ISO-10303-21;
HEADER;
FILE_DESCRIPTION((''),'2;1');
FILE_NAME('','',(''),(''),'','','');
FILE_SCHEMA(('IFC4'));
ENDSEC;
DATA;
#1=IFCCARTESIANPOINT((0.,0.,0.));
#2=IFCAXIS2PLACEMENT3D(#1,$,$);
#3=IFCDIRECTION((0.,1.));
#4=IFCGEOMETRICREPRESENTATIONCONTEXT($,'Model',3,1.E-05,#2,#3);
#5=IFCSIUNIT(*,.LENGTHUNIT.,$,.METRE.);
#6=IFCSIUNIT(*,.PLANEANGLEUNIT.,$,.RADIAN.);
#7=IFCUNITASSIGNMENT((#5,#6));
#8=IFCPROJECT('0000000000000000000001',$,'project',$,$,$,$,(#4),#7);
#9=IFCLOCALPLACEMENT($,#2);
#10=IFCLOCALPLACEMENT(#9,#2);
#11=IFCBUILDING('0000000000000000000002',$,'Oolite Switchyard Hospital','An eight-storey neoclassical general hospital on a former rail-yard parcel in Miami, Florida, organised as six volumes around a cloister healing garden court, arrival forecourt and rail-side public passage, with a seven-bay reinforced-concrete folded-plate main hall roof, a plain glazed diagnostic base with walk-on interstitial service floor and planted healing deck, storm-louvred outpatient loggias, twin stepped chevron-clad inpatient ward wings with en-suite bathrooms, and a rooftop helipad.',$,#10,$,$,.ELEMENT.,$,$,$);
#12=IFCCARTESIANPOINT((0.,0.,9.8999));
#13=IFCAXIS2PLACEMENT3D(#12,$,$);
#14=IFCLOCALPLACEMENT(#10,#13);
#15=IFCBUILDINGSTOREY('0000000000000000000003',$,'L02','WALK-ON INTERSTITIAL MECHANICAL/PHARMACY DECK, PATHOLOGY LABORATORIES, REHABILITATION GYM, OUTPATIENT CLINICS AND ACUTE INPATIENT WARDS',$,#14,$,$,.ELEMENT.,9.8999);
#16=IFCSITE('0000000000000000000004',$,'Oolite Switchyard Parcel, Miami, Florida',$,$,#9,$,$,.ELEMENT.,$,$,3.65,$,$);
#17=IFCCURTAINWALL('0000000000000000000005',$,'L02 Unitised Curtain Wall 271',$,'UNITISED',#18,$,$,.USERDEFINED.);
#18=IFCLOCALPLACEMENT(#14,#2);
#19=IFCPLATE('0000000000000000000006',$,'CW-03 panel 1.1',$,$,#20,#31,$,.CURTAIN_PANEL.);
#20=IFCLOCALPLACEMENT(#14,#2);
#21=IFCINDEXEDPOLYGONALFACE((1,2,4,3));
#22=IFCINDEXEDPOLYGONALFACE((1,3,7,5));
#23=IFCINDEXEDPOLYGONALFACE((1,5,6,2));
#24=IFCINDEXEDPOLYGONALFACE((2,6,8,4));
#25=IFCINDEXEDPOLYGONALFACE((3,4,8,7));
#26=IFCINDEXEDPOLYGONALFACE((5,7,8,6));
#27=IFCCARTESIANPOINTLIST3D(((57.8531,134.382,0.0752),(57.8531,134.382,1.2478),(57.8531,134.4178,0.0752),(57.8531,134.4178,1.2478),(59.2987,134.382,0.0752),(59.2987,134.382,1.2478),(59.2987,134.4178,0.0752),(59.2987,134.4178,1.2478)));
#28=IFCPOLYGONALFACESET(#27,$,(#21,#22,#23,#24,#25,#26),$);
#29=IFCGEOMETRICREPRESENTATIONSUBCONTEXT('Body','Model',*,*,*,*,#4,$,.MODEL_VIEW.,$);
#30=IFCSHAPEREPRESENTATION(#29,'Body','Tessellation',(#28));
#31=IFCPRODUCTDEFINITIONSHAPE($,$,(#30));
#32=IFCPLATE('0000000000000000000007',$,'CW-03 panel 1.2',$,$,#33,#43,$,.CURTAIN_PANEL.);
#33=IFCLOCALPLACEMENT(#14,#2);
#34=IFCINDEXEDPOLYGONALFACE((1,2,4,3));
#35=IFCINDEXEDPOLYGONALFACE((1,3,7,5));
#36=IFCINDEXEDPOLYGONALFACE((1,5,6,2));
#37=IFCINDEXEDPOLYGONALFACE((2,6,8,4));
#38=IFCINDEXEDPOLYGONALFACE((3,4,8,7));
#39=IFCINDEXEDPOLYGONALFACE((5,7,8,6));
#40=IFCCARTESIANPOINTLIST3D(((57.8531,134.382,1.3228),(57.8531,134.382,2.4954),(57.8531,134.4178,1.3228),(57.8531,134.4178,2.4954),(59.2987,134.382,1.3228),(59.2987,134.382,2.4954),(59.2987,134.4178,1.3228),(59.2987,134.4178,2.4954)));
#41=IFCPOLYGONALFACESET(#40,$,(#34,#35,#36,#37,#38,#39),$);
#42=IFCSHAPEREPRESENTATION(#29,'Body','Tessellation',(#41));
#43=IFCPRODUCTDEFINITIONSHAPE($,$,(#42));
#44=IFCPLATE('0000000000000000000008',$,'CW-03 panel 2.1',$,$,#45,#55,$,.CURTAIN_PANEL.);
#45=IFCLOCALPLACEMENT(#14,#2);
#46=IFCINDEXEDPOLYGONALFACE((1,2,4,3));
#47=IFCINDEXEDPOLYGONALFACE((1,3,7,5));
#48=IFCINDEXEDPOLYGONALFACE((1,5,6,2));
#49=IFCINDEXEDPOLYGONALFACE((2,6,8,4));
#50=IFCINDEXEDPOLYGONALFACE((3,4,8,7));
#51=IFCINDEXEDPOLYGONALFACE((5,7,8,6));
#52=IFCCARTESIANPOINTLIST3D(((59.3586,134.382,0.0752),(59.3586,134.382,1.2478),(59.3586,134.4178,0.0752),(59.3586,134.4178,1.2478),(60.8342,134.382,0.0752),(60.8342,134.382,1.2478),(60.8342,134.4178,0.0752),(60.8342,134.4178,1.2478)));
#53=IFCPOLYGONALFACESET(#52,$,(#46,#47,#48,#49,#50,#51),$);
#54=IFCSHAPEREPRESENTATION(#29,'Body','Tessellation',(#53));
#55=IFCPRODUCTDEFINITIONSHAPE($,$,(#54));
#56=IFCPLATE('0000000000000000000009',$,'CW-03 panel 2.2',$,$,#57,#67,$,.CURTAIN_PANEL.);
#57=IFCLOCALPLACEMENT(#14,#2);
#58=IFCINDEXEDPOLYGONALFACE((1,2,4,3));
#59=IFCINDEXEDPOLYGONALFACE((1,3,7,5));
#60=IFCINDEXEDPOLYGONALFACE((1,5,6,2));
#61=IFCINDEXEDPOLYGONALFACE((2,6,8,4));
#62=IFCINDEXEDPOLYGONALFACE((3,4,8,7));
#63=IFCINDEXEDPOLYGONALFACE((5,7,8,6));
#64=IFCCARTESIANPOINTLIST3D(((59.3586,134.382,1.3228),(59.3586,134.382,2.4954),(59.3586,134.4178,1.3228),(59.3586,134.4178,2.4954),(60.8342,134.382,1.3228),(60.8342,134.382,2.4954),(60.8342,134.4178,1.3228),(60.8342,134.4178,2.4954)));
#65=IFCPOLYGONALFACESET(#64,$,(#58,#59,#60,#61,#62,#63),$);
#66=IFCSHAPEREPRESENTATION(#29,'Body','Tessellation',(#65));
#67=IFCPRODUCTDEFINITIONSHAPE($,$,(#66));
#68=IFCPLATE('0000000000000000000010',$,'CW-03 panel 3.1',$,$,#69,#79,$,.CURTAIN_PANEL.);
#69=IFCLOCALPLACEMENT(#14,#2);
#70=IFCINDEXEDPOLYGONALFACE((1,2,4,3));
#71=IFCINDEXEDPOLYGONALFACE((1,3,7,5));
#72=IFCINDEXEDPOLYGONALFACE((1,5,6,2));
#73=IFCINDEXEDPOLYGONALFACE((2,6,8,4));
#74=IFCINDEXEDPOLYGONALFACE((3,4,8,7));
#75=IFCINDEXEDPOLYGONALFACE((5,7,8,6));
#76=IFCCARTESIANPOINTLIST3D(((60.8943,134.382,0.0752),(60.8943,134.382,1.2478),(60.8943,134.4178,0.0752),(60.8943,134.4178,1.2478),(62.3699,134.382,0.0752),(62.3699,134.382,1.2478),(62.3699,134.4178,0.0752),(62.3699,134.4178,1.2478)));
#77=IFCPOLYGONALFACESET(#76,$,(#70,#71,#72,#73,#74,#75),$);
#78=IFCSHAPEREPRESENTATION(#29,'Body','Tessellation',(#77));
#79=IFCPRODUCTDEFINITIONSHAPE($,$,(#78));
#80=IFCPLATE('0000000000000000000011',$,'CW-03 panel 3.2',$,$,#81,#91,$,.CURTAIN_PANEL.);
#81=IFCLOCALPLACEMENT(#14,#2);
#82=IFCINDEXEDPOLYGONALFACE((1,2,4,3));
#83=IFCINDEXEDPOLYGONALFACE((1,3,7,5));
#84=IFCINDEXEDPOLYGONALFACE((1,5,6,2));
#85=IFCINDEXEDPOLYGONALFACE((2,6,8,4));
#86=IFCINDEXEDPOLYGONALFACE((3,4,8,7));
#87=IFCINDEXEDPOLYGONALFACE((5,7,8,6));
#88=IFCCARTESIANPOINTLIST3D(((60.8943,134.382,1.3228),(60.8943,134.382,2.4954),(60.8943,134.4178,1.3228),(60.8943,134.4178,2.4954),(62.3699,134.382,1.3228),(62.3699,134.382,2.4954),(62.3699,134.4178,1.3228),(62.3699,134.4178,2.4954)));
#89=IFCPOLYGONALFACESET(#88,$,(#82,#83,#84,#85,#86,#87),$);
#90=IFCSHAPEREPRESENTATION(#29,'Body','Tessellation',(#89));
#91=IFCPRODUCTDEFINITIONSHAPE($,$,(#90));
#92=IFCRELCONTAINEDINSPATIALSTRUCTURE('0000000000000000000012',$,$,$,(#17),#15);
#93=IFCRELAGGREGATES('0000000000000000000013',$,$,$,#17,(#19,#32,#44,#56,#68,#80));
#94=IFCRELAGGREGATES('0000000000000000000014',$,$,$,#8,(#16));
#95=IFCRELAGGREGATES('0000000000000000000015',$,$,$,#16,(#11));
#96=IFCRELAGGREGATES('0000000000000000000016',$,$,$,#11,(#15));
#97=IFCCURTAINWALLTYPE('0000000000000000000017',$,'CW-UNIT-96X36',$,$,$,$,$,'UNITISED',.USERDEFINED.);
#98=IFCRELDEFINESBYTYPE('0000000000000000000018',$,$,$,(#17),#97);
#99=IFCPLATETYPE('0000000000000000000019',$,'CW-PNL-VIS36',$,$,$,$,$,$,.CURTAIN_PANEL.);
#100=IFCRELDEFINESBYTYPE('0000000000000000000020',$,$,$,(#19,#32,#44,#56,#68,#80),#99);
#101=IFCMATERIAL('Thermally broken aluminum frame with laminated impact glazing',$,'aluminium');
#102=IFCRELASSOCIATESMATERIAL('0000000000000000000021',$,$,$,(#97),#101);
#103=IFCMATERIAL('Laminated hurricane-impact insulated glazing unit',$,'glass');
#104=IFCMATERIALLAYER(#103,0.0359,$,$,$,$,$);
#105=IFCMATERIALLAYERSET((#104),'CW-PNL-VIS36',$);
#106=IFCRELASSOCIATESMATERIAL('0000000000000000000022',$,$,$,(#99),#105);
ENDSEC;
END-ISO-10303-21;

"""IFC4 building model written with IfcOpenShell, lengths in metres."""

from ifc_helpers import new_model, si_unit, direction, frame, origin, origin_2d, place, context, subcontext, project, spatial, rectangle, extrude, material, layer, layer_set, type_object, element, aggregate, save


model = new_model("IFC4")

# Units and contexts
model_context = context("Model", 3, precision=1e-05, world=origin(), true_north=direction((0.0, 1.0)))
body_context = subcontext(model_context, "Body", "Model", "MODEL_VIEW")
ifc_project = project(units=[si_unit("LENGTHUNIT", "METRE"), si_unit("PLANEANGLEUNIT", "RADIAN")], contexts=[model_context])

# Site, building, storey
site_placement = place(None, origin())
site = spatial("IfcSite", under=ifc_project, at=site_placement, Name="Oolite Switchyard Parcel, Miami, Florida", CompositionType="ELEMENT", RefElevation=3.65)
building_placement = place(site_placement, origin())
building = spatial("IfcBuilding", under=site, at=building_placement, Name="Oolite Switchyard Hospital", Description="An eight-storey neoclassical general hospital on a former rail-yard parcel in Miami, Florida, organised as six volumes around a cloister healing garden court, arrival forecourt and rail-side public passage, with a seven-bay reinforced-concrete folded-plate main hall roof, a plain glazed diagnostic base with walk-on interstitial service floor and planted healing deck, storm-louvred outpatient loggias, twin stepped chevron-clad inpatient ward wings with en-suite bathrooms, and a rooftop helipad.", CompositionType="ELEMENT")
storey_placement = place(building_placement, frame((0.0, 0.0, 9.8999)))
storey = spatial("IfcBuildingStorey", under=building, at=storey_placement, Name="L02", Description="WALK-ON INTERSTITIAL MECHANICAL/PHARMACY DECK, PATHOLOGY LABORATORIES, REHABILITATION GYM, OUTPATIENT CLINICS AND ACUTE INPATIENT WARDS", CompositionType="ELEMENT", Elevation=9.8999)

# Curtain wall, plates
ifc_material_1 = material(Name="Thermally broken aluminum frame with laminated impact glazing", Category="aluminium")
curtain_wall_type = type_object("IfcCurtainWallType", Name="CW-UNIT-96X36", ElementType="UNITISED", PredefinedType="USERDEFINED", material=ifc_material_1)
curtain_wall_placement = place(storey_placement, origin())
curtain_wall = element("IfcCurtainWall", 1, at=curtain_wall_placement, inside=storey, type_object=curtain_wall_type, Name="L02 Unitised Curtain Wall 271", ObjectType="UNITISED", PredefinedType="USERDEFINED")
ifc_material_2 = material(Name="Laminated hurricane-impact insulated glazing unit", Category="glass")
ifc_layer = layer(ifc_material_2, 0.0359)
ifc_layer_set = layer_set([ifc_layer], Name="CW-PNL-VIS36")
plate_type = type_object("IfcPlateType", Name="CW-PNL-VIS36", PredefinedType="CURTAIN_PANEL", material=ifc_layer_set)
plate_1_placement = place(storey_placement, frame((58.5759, 134.3999, 0.0752), z_axis=(0.0, 0.0, 1.0), x_axis=(1.0, 0.0, 0.0)))
plate_1 = element("IfcPlate", 2, at=plate_1_placement, type_object=plate_type, Name="CW-03 panel 1.1", PredefinedType="CURTAIN_PANEL", context=body_context, shape_type="SweptSolid", body=[
    extrude(rectangle(XDim=1.4456, YDim=0.0359, at=origin_2d()), origin(), (0.0, 0.0, 1.0), 1.1726),
])
plate_2_placement = place(storey_placement, frame((58.5759, 134.3999, 1.3228), z_axis=(0.0, 0.0, 1.0), x_axis=(1.0, 0.0, 0.0)))
plate_2 = element("IfcPlate", 3, at=plate_2_placement, type_object=plate_type, Name="CW-03 panel 1.2", PredefinedType="CURTAIN_PANEL", context=body_context, shape_type="SweptSolid", body=[
    extrude(rectangle(XDim=1.4456, YDim=0.0359, at=origin_2d()), origin(), (0.0, 0.0, 1.0), 1.1726),
])
plate_3_placement = place(storey_placement, frame((60.0964, 134.3999, 0.0752), z_axis=(0.0, 0.0, 1.0), x_axis=(1.0, 0.0, 0.0)))
plate_3 = element("IfcPlate", 4, at=plate_3_placement, type_object=plate_type, Name="CW-03 panel 2.1", PredefinedType="CURTAIN_PANEL", context=body_context, shape_type="SweptSolid", body=[
    extrude(rectangle(XDim=1.4756, YDim=0.0359, at=origin_2d()), origin(), (0.0, 0.0, 1.0), 1.1726),
])
plate_4_placement = place(storey_placement, frame((60.0964, 134.3999, 1.3228), z_axis=(0.0, 0.0, 1.0), x_axis=(1.0, 0.0, 0.0)))
plate_4 = element("IfcPlate", 5, at=plate_4_placement, type_object=plate_type, Name="CW-03 panel 2.2", PredefinedType="CURTAIN_PANEL", context=body_context, shape_type="SweptSolid", body=[
    extrude(rectangle(XDim=1.4756, YDim=0.0359, at=origin_2d()), origin(), (0.0, 0.0, 1.0), 1.1726),
])
plate_5_placement = place(storey_placement, frame((61.6321, 134.3999, 0.0752), z_axis=(0.0, 0.0, 1.0), x_axis=(1.0, 0.0, 0.0)))
plate_5 = element("IfcPlate", 6, at=plate_5_placement, type_object=plate_type, Name="CW-03 panel 3.1", PredefinedType="CURTAIN_PANEL", context=body_context, shape_type="SweptSolid", body=[
    extrude(rectangle(XDim=1.4756, YDim=0.0359, at=origin_2d()), origin(), (0.0, 0.0, 1.0), 1.1726),
])
plate_6_placement = place(storey_placement, frame((61.6321, 134.3999, 1.3228), z_axis=(0.0, 0.0, 1.0), x_axis=(1.0, 0.0, 0.0)))
plate_6 = element("IfcPlate", 7, at=plate_6_placement, type_object=plate_type, Name="CW-03 panel 3.2", PredefinedType="CURTAIN_PANEL", context=body_context, shape_type="SweptSolid", body=[
    extrude(rectangle(XDim=1.4756, YDim=0.0359, at=origin_2d()), origin(), (0.0, 0.0, 1.0), 1.1726),
])
aggregate(curtain_wall, [plate_1, plate_2, plate_3, plate_4, plate_5, plate_6])

save(model, "model.ifc")
